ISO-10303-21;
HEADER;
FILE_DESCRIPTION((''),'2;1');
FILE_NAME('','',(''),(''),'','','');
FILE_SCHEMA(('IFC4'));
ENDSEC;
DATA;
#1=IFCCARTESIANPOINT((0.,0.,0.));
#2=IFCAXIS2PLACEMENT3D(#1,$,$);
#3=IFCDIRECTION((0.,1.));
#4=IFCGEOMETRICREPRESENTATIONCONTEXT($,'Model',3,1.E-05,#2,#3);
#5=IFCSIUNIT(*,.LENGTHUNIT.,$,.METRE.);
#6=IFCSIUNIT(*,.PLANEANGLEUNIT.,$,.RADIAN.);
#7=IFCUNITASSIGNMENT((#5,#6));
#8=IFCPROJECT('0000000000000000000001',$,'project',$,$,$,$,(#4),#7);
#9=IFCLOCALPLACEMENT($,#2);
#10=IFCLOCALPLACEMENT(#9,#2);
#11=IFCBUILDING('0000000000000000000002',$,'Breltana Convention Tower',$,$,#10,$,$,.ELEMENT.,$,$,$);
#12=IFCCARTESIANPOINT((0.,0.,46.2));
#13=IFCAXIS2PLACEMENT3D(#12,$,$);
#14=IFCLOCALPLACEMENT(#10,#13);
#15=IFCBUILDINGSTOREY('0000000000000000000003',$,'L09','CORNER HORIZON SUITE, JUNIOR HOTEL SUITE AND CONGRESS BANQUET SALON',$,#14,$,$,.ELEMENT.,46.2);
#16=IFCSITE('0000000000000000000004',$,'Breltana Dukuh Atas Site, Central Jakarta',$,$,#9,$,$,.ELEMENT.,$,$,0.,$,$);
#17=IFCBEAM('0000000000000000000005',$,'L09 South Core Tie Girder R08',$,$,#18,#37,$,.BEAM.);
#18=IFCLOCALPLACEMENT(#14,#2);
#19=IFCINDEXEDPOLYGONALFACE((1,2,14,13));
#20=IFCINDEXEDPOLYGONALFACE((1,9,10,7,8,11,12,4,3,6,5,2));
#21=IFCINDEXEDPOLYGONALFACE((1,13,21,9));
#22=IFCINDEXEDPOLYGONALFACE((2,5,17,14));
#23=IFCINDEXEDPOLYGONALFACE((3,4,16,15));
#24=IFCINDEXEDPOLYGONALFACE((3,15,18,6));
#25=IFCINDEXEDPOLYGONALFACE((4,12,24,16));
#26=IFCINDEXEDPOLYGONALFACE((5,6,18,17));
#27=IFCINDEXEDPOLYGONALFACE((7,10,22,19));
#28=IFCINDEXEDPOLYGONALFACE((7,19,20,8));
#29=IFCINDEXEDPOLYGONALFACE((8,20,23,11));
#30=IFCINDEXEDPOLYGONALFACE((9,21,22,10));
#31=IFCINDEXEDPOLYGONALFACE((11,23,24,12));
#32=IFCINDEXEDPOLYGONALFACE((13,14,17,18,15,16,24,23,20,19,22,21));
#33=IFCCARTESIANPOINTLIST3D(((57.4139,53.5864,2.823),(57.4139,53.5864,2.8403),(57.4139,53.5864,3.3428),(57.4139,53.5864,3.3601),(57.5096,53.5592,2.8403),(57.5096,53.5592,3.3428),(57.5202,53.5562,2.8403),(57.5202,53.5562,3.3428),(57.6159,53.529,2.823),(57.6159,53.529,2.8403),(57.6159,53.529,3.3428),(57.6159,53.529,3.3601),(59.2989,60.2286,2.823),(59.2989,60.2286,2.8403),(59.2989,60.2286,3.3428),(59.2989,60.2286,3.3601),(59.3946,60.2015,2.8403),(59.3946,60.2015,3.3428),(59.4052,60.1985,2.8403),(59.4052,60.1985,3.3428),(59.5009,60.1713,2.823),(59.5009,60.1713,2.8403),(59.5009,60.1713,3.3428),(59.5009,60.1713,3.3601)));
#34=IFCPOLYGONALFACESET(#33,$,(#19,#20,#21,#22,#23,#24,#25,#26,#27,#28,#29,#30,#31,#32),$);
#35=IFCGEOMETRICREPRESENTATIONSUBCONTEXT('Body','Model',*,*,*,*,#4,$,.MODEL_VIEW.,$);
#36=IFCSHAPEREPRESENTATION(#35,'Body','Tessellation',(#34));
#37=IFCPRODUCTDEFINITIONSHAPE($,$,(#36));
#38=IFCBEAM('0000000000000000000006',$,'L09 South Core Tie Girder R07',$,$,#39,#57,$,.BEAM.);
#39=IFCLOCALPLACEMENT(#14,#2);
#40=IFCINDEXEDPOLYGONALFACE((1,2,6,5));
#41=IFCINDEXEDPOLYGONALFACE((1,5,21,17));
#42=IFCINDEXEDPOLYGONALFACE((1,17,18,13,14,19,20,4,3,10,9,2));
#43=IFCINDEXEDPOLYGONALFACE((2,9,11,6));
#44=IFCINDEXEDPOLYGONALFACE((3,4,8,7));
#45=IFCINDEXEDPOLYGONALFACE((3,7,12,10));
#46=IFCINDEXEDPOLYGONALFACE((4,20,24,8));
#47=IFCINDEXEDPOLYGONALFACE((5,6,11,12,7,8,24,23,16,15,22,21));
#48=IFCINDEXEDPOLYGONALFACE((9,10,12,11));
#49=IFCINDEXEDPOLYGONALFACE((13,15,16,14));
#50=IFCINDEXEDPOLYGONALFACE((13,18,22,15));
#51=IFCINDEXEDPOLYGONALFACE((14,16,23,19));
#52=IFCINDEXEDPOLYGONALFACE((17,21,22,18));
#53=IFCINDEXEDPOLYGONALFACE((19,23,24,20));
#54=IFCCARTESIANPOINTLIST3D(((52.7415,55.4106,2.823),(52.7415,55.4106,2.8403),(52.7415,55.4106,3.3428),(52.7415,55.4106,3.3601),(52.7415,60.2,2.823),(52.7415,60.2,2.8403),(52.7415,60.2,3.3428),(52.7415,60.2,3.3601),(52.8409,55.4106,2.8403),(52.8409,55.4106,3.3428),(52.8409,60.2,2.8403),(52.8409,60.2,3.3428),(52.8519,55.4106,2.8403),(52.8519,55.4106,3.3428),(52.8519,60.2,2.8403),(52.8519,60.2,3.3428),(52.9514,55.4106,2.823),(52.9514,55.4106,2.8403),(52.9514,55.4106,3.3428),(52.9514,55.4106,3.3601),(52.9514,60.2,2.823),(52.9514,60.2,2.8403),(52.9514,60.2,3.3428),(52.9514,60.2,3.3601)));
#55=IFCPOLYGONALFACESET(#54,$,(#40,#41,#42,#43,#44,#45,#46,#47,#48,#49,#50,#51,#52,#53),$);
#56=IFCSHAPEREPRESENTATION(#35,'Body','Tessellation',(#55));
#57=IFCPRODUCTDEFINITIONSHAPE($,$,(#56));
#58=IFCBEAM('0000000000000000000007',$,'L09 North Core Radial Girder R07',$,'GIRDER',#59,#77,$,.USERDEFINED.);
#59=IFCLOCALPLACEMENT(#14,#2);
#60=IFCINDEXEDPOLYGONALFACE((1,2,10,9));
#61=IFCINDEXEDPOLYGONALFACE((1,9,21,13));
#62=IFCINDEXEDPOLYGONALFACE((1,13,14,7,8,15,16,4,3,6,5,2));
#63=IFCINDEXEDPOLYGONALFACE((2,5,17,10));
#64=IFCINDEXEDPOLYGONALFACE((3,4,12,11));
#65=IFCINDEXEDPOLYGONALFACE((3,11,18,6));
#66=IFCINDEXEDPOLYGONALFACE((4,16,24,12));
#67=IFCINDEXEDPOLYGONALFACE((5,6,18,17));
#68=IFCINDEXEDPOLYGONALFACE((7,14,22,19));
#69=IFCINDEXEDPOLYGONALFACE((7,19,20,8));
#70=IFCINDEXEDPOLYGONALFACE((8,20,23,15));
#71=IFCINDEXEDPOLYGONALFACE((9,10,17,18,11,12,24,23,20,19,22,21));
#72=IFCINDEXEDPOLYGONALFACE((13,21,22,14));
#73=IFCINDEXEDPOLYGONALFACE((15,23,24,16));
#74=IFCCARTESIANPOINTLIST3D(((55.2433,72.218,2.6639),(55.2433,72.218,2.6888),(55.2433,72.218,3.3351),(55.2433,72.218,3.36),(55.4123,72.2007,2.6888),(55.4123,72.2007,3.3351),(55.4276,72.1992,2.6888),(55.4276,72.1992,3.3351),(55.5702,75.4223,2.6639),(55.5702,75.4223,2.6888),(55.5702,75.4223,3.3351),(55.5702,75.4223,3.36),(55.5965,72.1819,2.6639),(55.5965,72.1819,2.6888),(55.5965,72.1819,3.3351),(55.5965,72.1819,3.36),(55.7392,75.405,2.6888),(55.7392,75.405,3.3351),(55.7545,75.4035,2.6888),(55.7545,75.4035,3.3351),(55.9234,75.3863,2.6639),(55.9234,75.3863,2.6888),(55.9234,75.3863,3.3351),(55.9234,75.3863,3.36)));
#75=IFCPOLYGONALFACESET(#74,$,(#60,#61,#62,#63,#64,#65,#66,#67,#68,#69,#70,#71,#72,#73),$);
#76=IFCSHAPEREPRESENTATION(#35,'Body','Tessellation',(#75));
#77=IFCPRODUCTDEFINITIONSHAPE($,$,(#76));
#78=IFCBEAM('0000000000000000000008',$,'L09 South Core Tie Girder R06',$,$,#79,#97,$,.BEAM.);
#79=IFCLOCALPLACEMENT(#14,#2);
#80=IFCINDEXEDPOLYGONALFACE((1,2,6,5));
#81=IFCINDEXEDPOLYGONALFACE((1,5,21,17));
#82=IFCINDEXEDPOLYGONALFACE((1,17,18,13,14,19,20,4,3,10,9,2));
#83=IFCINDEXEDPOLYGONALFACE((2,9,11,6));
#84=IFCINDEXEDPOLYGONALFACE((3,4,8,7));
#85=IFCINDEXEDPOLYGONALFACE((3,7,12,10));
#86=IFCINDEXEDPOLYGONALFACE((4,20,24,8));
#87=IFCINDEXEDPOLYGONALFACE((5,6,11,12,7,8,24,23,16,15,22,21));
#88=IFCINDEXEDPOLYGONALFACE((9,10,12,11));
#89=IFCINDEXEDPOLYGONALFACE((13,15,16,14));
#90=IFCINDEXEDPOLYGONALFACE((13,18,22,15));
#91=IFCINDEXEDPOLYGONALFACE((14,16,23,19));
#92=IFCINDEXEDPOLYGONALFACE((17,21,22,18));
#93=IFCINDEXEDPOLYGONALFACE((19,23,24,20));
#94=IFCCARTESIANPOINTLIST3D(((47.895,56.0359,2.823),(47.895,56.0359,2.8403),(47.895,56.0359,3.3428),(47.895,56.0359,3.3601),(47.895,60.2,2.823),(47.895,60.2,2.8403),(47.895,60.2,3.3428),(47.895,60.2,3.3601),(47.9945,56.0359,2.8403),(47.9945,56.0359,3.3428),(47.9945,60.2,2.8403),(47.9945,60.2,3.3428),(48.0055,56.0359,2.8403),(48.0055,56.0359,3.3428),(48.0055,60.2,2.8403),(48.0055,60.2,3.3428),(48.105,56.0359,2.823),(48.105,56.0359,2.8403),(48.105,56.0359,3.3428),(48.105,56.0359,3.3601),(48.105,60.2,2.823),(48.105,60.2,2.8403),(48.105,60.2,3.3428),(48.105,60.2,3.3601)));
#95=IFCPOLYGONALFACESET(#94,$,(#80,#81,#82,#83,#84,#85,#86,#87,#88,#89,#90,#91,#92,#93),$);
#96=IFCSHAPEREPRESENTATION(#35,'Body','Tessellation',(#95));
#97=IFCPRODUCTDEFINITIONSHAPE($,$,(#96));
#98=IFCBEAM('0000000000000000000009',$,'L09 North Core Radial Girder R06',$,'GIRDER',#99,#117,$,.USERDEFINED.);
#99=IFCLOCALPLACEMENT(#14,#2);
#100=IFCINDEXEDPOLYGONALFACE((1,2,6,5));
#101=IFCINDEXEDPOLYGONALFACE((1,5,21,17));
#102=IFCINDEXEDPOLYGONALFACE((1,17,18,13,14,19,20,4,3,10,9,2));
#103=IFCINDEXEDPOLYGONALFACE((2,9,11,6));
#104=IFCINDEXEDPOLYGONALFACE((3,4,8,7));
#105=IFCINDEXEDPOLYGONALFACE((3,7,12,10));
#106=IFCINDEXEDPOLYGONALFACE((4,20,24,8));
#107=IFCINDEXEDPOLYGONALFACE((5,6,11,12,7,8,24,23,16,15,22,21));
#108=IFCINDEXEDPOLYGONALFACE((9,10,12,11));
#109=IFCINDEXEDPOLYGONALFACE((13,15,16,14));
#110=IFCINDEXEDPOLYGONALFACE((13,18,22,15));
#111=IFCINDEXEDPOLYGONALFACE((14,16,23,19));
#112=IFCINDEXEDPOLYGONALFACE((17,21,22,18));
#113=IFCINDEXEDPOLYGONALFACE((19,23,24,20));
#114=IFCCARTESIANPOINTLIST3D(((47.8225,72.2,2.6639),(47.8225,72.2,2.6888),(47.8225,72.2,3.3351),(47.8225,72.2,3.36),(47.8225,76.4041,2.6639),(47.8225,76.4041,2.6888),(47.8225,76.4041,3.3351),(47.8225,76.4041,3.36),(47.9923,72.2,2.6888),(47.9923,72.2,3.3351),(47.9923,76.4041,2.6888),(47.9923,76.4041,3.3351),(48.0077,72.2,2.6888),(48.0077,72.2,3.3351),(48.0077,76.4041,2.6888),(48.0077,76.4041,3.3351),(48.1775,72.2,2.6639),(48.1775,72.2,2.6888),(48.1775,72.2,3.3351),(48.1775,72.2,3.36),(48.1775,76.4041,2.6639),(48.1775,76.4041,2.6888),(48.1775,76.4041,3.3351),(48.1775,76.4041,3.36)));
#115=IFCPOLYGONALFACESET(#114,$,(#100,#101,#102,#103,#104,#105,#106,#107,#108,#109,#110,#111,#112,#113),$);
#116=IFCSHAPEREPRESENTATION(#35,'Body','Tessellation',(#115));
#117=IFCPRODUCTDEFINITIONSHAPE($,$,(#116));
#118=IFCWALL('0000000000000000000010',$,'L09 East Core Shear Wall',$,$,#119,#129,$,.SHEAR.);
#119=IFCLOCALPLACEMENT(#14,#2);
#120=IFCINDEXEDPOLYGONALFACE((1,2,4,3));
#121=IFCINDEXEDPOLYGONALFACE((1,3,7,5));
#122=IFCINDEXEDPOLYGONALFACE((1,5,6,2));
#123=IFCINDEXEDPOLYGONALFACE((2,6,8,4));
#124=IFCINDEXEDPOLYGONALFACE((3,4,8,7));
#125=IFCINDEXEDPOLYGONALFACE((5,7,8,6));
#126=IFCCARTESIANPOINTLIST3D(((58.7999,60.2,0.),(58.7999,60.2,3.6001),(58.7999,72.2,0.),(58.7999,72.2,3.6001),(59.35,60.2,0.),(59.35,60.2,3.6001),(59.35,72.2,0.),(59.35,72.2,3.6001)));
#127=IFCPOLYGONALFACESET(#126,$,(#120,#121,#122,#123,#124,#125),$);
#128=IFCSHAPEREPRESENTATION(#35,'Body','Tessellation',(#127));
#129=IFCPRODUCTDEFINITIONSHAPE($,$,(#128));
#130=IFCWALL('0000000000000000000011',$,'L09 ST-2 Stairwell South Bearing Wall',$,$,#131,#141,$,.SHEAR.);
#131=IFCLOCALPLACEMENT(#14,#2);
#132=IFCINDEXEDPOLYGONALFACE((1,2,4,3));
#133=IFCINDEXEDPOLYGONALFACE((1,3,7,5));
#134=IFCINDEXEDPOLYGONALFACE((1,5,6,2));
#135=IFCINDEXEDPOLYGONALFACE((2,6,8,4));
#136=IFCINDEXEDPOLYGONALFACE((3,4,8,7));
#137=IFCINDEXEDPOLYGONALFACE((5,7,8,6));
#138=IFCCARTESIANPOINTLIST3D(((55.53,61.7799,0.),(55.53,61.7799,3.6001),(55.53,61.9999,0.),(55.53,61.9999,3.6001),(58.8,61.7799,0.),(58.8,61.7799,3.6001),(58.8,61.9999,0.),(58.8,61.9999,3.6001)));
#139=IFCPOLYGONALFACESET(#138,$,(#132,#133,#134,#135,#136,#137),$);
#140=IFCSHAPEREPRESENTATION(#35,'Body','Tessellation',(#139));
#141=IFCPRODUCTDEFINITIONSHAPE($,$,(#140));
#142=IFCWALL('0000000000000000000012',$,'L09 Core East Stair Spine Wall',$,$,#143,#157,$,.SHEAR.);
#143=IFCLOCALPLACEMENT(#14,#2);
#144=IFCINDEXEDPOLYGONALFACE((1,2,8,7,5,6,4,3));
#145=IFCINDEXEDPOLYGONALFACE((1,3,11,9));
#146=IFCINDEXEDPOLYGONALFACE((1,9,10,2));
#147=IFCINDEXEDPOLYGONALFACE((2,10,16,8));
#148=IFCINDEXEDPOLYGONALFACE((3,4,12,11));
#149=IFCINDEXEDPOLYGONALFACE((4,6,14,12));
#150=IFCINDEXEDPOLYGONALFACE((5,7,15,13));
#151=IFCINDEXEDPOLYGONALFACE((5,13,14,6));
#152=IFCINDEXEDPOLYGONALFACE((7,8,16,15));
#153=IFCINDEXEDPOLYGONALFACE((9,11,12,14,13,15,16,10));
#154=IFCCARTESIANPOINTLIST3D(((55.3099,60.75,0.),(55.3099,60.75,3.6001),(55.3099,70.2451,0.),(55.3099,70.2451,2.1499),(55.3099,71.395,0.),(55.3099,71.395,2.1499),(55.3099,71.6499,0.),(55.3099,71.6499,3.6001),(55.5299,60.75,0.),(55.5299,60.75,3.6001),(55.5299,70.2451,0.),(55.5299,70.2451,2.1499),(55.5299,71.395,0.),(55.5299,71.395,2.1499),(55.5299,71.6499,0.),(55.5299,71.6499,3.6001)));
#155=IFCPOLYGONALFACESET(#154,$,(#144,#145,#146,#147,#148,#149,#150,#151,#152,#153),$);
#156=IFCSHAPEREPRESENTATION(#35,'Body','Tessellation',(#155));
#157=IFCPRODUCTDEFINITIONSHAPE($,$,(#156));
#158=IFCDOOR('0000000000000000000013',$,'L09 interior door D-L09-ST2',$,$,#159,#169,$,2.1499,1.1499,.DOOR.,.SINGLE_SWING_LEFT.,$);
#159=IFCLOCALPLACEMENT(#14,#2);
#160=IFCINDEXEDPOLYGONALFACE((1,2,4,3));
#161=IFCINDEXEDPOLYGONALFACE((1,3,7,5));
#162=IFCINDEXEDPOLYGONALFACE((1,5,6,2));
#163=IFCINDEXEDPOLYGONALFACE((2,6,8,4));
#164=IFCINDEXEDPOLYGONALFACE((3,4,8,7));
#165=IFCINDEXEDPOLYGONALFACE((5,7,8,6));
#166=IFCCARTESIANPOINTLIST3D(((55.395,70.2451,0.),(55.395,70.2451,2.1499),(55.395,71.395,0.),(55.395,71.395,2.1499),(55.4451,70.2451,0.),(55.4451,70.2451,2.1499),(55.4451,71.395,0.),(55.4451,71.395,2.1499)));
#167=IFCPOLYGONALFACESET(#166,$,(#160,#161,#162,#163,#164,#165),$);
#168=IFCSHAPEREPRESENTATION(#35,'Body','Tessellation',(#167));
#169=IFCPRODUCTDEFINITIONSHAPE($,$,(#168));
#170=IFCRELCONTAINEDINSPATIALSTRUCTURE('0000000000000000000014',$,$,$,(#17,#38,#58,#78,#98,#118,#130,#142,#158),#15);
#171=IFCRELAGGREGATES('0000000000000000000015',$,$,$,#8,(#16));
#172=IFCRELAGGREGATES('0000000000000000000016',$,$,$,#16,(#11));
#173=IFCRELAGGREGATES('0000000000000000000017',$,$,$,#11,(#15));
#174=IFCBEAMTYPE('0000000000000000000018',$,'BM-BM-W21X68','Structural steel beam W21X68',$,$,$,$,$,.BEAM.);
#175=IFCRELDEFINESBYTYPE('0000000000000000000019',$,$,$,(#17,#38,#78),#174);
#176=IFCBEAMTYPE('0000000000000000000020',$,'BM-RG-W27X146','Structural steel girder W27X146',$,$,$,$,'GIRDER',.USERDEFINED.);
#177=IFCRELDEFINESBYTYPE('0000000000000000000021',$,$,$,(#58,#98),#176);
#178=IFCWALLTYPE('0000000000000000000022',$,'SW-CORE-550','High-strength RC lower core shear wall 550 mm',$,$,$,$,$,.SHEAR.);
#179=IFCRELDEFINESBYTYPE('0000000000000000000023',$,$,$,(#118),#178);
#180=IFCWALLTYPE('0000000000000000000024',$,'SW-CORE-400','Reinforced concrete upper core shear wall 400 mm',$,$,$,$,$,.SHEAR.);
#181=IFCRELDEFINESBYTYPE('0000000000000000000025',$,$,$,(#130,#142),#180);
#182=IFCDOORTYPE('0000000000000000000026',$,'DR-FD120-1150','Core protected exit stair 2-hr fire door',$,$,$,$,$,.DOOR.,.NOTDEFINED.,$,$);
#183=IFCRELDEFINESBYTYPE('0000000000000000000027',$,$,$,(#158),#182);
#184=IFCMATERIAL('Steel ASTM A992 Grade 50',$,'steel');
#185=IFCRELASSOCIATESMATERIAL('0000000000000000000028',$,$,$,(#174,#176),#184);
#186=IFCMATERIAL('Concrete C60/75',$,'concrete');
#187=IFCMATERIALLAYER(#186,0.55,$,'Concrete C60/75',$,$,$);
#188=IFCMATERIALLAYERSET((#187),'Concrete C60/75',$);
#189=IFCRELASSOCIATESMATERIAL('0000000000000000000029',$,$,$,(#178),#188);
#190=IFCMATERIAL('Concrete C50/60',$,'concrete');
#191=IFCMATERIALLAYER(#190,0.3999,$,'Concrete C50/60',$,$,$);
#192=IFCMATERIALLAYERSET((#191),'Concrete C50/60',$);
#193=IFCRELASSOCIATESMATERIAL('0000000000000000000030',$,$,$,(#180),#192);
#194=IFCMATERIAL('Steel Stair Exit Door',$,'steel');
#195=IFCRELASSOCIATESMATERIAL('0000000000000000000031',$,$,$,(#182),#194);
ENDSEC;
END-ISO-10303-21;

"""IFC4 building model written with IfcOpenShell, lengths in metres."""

from ifc_helpers import new_model, si_unit, direction, frame, frame_2d, origin, origin_2d, place, context, subcontext, project, spatial, rectangle, i_section, extrude, source, transform, mapped, material, layer, layer_set, material_profile, profile_set, type_object, type_shapes, element, fill, save


model = new_model("IFC4")

# Units and contexts
model_context = context("Model", 3, precision=1e-05, world=origin(), true_north=direction((0.0, 1.0)))
body_context = subcontext(model_context, "Body", "Model", "MODEL_VIEW")
ifc_project = project(units=[si_unit("LENGTHUNIT", "METRE"), si_unit("PLANEANGLEUNIT", "RADIAN")], contexts=[model_context])

# Site, building, storey
site_placement = place(None, origin())
site = spatial("IfcSite", under=ifc_project, at=site_placement, Name="Breltana Dukuh Atas Site, Central Jakarta", CompositionType="ELEMENT", RefElevation=0.0)
building_placement = place(site_placement, origin())
building = spatial("IfcBuilding", under=site, at=building_placement, Name="Breltana Convention Tower", CompositionType="ELEMENT")
storey_placement = place(building_placement, frame((0.0, 0.0, 46.2)))
storey = spatial("IfcBuildingStorey", under=building, at=storey_placement, Name="L09", Description="CORNER HORIZON SUITE, JUNIOR HOTEL SUITE AND CONGRESS BANQUET SALON", CompositionType="ELEMENT", Elevation=46.2)

# Beams
ifc_material_1 = material(Name="Steel ASTM A992 Grade 50", Category="steel")
ifc_material_profile_1 = material_profile(ifc_material_1, i_section(OverallWidth=0.21, OverallDepth=0.5371, WebThickness=0.011, FlangeThickness=0.0173, at=origin_2d()), Name="W21X68")
ifc_profile_set_1 = profile_set([ifc_material_profile_1], Name="Steel ASTM A992 Grade 50")
beam_type_1 = type_object("IfcBeamType", Name="BM-BM-W21X68", Description="Structural steel beam W21X68", PredefinedType="BEAM", material=ifc_profile_set_1)
shared_shape_1 = source(origin(), body_context, "Body", "SweptSolid", [
    extrude(i_section(OverallWidth=0.21, OverallDepth=0.5371, WebThickness=0.011, FlangeThickness=0.0173, at=origin_2d()), origin(), (0.0, 0.0, 1.0), 6.9045),
])
type_shapes(beam_type_1, [shared_shape_1])
beam_1_placement = place(storey_placement, frame((59.3999, 60.2, 3.0916), z_axis=(-0.273007, -0.962012, 0.0), x_axis=(0.962012, -0.273007, 0.0)))
element("IfcBeam", 1, at=beam_1_placement, inside=storey, type_object=beam_type_1, Name="L09 South Core Tie Girder R08", PredefinedType="BEAM", context=body_context, shape_type="MappedRepresentation", body=[
    mapped(shared_shape_1, transform((0.0, 0.0, 0.0), scale=1.0)),
])
shared_shape_2 = source(origin(), body_context, "Body", "SweptSolid", [
    extrude(i_section(OverallWidth=0.21, OverallDepth=0.5371, WebThickness=0.011, FlangeThickness=0.0173, at=origin_2d()), origin(), (0.0, 0.0, 1.0), 4.7893),
])
beam_2_placement = place(storey_placement, frame((52.8464, 60.2, 3.0916), z_axis=(0.0, -1.0, 0.0), x_axis=(1.0, 0.0, 0.0)))
element("IfcBeam", 2, at=beam_2_placement, inside=storey, type_object=beam_type_1, Name="L09 South Core Tie Girder R07", PredefinedType="BEAM", context=body_context, shape_type="MappedRepresentation", body=[
    mapped(shared_shape_2, transform((0.0, 0.0, 0.0), scale=1.0)),
])
ifc_material_profile_2 = material_profile(ifc_material_1, i_section(OverallWidth=0.355, OverallDepth=0.696, WebThickness=0.0154, FlangeThickness=0.0249, at=origin_2d()), Name="W27X146")
ifc_profile_set_2 = profile_set([ifc_material_profile_2], Name="Steel ASTM A992 Grade 50")
beam_type_2 = type_object("IfcBeamType", Name="BM-RG-W27X146", Description="Structural steel girder W27X146", ElementType="GIRDER", PredefinedType="USERDEFINED", material=ifc_profile_set_2)
shared_shape_3 = source(origin(), body_context, "Body", "SweptSolid", [
    extrude(i_section(OverallWidth=0.355, OverallDepth=0.696, WebThickness=0.0154, FlangeThickness=0.0249, at=origin_2d()), origin(), (0.0, 0.0, 1.0), 3.2209),
])
beam_3_placement = place(storey_placement, frame((55.4199, 72.2, 3.012), z_axis=(0.101492, 0.994836, 0.0), x_axis=(-0.994836, 0.101492, 0.0)))
element("IfcBeam", 3, at=beam_3_placement, inside=storey, type_object=beam_type_2, Name="L09 North Core Radial Girder R07", ObjectType="GIRDER", PredefinedType="USERDEFINED", context=body_context, shape_type="MappedRepresentation", body=[
    mapped(shared_shape_3, transform((0.0, 0.0, 0.0), scale=1.0)),
])
shared_shape_4 = source(origin(), body_context, "Body", "SweptSolid", [
    extrude(i_section(OverallWidth=0.21, OverallDepth=0.5371, WebThickness=0.011, FlangeThickness=0.0173, at=origin_2d()), origin(), (0.0, 0.0, 1.0), 4.1641),
])
beam_4_placement = place(storey_placement, frame((48.0, 60.2, 3.0916), z_axis=(0.0, -1.0, 0.0), x_axis=(1.0, 0.0, 0.0)))
element("IfcBeam", 4, at=beam_4_placement, inside=storey, type_object=beam_type_1, Name="L09 South Core Tie Girder R06", PredefinedType="BEAM", context=body_context, shape_type="MappedRepresentation", body=[
    mapped(shared_shape_4, transform((0.0, 0.0, 0.0), scale=1.0)),
])
shared_shape_5 = source(origin(), body_context, "Body", "SweptSolid", [
    extrude(i_section(OverallWidth=0.355, OverallDepth=0.696, WebThickness=0.0154, FlangeThickness=0.0249, at=origin_2d()), origin(), (0.0, 0.0, 1.0), 4.2041),
])
beam_5_placement = place(storey_placement, frame((48.0, 72.2, 3.012), z_axis=(0.0, 1.0, 0.0), x_axis=(-1.0, 0.0, 0.0)))
element("IfcBeam", 5, at=beam_5_placement, inside=storey, type_object=beam_type_2, Name="L09 North Core Radial Girder R06", ObjectType="GIRDER", PredefinedType="USERDEFINED", context=body_context, shape_type="MappedRepresentation", body=[
    mapped(shared_shape_5, transform((0.0, 0.0, 0.0), scale=1.0)),
])

# Walls
ifc_material_2 = material(Name="Concrete C60/75", Category="concrete")
ifc_layer_1 = layer(ifc_material_2, 0.55, Name="Concrete C60/75")
ifc_layer_set_1 = layer_set([ifc_layer_1], Name="Concrete C60/75")
wall_type_1 = type_object("IfcWallType", Name="SW-CORE-550", Description="High-strength RC lower core shear wall 550 mm", PredefinedType="SHEAR", material=ifc_layer_set_1)
shared_shape_6 = source(origin(), body_context, "Body", "SweptSolid", [
    extrude(rectangle(XDim=12.0, YDim=0.55, at=frame_2d((6.0, 0.0))), origin(), (0.0, 0.0, 1.0), 3.6001),
])
wall_1_placement = place(storey_placement, frame((59.075, 60.2, 0.0), z_axis=(0.0, 0.0, 1.0), x_axis=(0.0, 1.0, 0.0)))
element("IfcWall", 6, at=wall_1_placement, inside=storey, type_object=wall_type_1, Name="L09 East Core Shear Wall", PredefinedType="SHEAR", context=body_context, shape_type="MappedRepresentation", body=[
    mapped(shared_shape_6, transform((0.0, 0.0, 0.0), scale=1.0)),
])
ifc_material_3 = material(Name="Concrete C50/60", Category="concrete")
ifc_layer_2 = layer(ifc_material_3, 0.3999, Name="Concrete C50/60")
ifc_layer_set_2 = layer_set([ifc_layer_2], Name="Concrete C50/60")
wall_type_2 = type_object("IfcWallType", Name="SW-CORE-400", Description="Reinforced concrete upper core shear wall 400 mm", PredefinedType="SHEAR", material=ifc_layer_set_2)
shared_shape_7 = source(origin(), body_context, "Body", "SweptSolid", [
    extrude(rectangle(XDim=3.27, YDim=0.22, at=frame_2d((1.635, 0.0))), origin(), (0.0, 0.0, 1.0), 3.6001),
])
wall_2_placement = place(storey_placement, frame((55.53, 61.8899, 0.0), z_axis=(0.0, 0.0, 1.0), x_axis=(1.0, 0.0, 0.0)))
element("IfcWall", 7, at=wall_2_placement, inside=storey, type_object=wall_type_2, Name="L09 ST-2 Stairwell South Bearing Wall", PredefinedType="SHEAR", context=body_context, shape_type="MappedRepresentation", body=[
    mapped(shared_shape_7, transform((0.0, 0.0, 0.0), scale=1.0)),
])

# Wall, opening, door
shared_shape_8 = source(origin(), body_context, "Body", "SweptSolid", [
    extrude(rectangle(XDim=10.8999, YDim=0.22, at=frame_2d((5.45, 0.0))), origin(), (0.0, 0.0, 1.0), 3.6001),
])
wall_3_placement = place(storey_placement, frame((55.4199, 60.75, 0.0), z_axis=(0.0, 0.0, 1.0), x_axis=(0.0, 1.0, 0.0)))
wall_3 = element("IfcWall", 8, at=wall_3_placement, inside=storey, type_object=wall_type_2, Name="L09 Core East Stair Spine Wall", PredefinedType="SHEAR", context=body_context, shape_type="MappedRepresentation", body=[
    mapped(shared_shape_8, transform((0.0, 0.0, 0.0), scale=1.0)),
])
opening_1_placement = place(wall_3_placement, frame((9.4951, 0.0, 0.0)))
opening_1 = element("IfcOpeningElement", 9, at=opening_1_placement, cuts=wall_3, PredefinedType="OPENING", context=body_context, shape_type="SweptSolid", body=[
    extrude(rectangle(XDim=1.1499, YDim=2.1499, at=frame_2d((0.575, 1.075))), frame((0.0, 0.1201, 0.0), z_axis=(0.0, -1.0, 0.0), x_axis=(1.0, 0.0, 0.0)), (0.0, 0.0, 1.0), 0.24),
])
ifc_material_4 = material(Name="Steel Stair Exit Door", Category="steel")
door_type_1 = type_object("IfcDoorType", Name="DR-FD120-1150", Description="Core protected exit stair 2-hr fire door", OperationType="NOTDEFINED", PredefinedType="DOOR", material=ifc_material_4)
shared_shape_9 = source(origin(), body_context, "Body", "SweptSolid", [
    extrude(rectangle(XDim=1.1499, YDim=2.1499, at=frame_2d((0.575, 1.075))), frame((0.0, 0.0249, 0.0), z_axis=(0.0, -1.0, 0.0), x_axis=(1.0, 0.0, 0.0)), (0.0, 0.0, 1.0), 0.05),
])
type_shapes(door_type_1, [shared_shape_9])
door_1_placement = place(opening_1_placement, origin())
door_1 = element("IfcDoor", 10, at=door_1_placement, inside=storey, type_object=door_type_1, Name="L09 interior door D-L09-ST2", OperationType="SINGLE_SWING_LEFT", OverallHeight=2.1499, OverallWidth=1.1499, PredefinedType="DOOR", context=body_context, shape_type="MappedRepresentation", body=[
    mapped(shared_shape_9, transform((0.0, 0.0, 0.0), scale=1.0)),
])
fill(opening_1, door_1)

save(model, "model.ifc")
